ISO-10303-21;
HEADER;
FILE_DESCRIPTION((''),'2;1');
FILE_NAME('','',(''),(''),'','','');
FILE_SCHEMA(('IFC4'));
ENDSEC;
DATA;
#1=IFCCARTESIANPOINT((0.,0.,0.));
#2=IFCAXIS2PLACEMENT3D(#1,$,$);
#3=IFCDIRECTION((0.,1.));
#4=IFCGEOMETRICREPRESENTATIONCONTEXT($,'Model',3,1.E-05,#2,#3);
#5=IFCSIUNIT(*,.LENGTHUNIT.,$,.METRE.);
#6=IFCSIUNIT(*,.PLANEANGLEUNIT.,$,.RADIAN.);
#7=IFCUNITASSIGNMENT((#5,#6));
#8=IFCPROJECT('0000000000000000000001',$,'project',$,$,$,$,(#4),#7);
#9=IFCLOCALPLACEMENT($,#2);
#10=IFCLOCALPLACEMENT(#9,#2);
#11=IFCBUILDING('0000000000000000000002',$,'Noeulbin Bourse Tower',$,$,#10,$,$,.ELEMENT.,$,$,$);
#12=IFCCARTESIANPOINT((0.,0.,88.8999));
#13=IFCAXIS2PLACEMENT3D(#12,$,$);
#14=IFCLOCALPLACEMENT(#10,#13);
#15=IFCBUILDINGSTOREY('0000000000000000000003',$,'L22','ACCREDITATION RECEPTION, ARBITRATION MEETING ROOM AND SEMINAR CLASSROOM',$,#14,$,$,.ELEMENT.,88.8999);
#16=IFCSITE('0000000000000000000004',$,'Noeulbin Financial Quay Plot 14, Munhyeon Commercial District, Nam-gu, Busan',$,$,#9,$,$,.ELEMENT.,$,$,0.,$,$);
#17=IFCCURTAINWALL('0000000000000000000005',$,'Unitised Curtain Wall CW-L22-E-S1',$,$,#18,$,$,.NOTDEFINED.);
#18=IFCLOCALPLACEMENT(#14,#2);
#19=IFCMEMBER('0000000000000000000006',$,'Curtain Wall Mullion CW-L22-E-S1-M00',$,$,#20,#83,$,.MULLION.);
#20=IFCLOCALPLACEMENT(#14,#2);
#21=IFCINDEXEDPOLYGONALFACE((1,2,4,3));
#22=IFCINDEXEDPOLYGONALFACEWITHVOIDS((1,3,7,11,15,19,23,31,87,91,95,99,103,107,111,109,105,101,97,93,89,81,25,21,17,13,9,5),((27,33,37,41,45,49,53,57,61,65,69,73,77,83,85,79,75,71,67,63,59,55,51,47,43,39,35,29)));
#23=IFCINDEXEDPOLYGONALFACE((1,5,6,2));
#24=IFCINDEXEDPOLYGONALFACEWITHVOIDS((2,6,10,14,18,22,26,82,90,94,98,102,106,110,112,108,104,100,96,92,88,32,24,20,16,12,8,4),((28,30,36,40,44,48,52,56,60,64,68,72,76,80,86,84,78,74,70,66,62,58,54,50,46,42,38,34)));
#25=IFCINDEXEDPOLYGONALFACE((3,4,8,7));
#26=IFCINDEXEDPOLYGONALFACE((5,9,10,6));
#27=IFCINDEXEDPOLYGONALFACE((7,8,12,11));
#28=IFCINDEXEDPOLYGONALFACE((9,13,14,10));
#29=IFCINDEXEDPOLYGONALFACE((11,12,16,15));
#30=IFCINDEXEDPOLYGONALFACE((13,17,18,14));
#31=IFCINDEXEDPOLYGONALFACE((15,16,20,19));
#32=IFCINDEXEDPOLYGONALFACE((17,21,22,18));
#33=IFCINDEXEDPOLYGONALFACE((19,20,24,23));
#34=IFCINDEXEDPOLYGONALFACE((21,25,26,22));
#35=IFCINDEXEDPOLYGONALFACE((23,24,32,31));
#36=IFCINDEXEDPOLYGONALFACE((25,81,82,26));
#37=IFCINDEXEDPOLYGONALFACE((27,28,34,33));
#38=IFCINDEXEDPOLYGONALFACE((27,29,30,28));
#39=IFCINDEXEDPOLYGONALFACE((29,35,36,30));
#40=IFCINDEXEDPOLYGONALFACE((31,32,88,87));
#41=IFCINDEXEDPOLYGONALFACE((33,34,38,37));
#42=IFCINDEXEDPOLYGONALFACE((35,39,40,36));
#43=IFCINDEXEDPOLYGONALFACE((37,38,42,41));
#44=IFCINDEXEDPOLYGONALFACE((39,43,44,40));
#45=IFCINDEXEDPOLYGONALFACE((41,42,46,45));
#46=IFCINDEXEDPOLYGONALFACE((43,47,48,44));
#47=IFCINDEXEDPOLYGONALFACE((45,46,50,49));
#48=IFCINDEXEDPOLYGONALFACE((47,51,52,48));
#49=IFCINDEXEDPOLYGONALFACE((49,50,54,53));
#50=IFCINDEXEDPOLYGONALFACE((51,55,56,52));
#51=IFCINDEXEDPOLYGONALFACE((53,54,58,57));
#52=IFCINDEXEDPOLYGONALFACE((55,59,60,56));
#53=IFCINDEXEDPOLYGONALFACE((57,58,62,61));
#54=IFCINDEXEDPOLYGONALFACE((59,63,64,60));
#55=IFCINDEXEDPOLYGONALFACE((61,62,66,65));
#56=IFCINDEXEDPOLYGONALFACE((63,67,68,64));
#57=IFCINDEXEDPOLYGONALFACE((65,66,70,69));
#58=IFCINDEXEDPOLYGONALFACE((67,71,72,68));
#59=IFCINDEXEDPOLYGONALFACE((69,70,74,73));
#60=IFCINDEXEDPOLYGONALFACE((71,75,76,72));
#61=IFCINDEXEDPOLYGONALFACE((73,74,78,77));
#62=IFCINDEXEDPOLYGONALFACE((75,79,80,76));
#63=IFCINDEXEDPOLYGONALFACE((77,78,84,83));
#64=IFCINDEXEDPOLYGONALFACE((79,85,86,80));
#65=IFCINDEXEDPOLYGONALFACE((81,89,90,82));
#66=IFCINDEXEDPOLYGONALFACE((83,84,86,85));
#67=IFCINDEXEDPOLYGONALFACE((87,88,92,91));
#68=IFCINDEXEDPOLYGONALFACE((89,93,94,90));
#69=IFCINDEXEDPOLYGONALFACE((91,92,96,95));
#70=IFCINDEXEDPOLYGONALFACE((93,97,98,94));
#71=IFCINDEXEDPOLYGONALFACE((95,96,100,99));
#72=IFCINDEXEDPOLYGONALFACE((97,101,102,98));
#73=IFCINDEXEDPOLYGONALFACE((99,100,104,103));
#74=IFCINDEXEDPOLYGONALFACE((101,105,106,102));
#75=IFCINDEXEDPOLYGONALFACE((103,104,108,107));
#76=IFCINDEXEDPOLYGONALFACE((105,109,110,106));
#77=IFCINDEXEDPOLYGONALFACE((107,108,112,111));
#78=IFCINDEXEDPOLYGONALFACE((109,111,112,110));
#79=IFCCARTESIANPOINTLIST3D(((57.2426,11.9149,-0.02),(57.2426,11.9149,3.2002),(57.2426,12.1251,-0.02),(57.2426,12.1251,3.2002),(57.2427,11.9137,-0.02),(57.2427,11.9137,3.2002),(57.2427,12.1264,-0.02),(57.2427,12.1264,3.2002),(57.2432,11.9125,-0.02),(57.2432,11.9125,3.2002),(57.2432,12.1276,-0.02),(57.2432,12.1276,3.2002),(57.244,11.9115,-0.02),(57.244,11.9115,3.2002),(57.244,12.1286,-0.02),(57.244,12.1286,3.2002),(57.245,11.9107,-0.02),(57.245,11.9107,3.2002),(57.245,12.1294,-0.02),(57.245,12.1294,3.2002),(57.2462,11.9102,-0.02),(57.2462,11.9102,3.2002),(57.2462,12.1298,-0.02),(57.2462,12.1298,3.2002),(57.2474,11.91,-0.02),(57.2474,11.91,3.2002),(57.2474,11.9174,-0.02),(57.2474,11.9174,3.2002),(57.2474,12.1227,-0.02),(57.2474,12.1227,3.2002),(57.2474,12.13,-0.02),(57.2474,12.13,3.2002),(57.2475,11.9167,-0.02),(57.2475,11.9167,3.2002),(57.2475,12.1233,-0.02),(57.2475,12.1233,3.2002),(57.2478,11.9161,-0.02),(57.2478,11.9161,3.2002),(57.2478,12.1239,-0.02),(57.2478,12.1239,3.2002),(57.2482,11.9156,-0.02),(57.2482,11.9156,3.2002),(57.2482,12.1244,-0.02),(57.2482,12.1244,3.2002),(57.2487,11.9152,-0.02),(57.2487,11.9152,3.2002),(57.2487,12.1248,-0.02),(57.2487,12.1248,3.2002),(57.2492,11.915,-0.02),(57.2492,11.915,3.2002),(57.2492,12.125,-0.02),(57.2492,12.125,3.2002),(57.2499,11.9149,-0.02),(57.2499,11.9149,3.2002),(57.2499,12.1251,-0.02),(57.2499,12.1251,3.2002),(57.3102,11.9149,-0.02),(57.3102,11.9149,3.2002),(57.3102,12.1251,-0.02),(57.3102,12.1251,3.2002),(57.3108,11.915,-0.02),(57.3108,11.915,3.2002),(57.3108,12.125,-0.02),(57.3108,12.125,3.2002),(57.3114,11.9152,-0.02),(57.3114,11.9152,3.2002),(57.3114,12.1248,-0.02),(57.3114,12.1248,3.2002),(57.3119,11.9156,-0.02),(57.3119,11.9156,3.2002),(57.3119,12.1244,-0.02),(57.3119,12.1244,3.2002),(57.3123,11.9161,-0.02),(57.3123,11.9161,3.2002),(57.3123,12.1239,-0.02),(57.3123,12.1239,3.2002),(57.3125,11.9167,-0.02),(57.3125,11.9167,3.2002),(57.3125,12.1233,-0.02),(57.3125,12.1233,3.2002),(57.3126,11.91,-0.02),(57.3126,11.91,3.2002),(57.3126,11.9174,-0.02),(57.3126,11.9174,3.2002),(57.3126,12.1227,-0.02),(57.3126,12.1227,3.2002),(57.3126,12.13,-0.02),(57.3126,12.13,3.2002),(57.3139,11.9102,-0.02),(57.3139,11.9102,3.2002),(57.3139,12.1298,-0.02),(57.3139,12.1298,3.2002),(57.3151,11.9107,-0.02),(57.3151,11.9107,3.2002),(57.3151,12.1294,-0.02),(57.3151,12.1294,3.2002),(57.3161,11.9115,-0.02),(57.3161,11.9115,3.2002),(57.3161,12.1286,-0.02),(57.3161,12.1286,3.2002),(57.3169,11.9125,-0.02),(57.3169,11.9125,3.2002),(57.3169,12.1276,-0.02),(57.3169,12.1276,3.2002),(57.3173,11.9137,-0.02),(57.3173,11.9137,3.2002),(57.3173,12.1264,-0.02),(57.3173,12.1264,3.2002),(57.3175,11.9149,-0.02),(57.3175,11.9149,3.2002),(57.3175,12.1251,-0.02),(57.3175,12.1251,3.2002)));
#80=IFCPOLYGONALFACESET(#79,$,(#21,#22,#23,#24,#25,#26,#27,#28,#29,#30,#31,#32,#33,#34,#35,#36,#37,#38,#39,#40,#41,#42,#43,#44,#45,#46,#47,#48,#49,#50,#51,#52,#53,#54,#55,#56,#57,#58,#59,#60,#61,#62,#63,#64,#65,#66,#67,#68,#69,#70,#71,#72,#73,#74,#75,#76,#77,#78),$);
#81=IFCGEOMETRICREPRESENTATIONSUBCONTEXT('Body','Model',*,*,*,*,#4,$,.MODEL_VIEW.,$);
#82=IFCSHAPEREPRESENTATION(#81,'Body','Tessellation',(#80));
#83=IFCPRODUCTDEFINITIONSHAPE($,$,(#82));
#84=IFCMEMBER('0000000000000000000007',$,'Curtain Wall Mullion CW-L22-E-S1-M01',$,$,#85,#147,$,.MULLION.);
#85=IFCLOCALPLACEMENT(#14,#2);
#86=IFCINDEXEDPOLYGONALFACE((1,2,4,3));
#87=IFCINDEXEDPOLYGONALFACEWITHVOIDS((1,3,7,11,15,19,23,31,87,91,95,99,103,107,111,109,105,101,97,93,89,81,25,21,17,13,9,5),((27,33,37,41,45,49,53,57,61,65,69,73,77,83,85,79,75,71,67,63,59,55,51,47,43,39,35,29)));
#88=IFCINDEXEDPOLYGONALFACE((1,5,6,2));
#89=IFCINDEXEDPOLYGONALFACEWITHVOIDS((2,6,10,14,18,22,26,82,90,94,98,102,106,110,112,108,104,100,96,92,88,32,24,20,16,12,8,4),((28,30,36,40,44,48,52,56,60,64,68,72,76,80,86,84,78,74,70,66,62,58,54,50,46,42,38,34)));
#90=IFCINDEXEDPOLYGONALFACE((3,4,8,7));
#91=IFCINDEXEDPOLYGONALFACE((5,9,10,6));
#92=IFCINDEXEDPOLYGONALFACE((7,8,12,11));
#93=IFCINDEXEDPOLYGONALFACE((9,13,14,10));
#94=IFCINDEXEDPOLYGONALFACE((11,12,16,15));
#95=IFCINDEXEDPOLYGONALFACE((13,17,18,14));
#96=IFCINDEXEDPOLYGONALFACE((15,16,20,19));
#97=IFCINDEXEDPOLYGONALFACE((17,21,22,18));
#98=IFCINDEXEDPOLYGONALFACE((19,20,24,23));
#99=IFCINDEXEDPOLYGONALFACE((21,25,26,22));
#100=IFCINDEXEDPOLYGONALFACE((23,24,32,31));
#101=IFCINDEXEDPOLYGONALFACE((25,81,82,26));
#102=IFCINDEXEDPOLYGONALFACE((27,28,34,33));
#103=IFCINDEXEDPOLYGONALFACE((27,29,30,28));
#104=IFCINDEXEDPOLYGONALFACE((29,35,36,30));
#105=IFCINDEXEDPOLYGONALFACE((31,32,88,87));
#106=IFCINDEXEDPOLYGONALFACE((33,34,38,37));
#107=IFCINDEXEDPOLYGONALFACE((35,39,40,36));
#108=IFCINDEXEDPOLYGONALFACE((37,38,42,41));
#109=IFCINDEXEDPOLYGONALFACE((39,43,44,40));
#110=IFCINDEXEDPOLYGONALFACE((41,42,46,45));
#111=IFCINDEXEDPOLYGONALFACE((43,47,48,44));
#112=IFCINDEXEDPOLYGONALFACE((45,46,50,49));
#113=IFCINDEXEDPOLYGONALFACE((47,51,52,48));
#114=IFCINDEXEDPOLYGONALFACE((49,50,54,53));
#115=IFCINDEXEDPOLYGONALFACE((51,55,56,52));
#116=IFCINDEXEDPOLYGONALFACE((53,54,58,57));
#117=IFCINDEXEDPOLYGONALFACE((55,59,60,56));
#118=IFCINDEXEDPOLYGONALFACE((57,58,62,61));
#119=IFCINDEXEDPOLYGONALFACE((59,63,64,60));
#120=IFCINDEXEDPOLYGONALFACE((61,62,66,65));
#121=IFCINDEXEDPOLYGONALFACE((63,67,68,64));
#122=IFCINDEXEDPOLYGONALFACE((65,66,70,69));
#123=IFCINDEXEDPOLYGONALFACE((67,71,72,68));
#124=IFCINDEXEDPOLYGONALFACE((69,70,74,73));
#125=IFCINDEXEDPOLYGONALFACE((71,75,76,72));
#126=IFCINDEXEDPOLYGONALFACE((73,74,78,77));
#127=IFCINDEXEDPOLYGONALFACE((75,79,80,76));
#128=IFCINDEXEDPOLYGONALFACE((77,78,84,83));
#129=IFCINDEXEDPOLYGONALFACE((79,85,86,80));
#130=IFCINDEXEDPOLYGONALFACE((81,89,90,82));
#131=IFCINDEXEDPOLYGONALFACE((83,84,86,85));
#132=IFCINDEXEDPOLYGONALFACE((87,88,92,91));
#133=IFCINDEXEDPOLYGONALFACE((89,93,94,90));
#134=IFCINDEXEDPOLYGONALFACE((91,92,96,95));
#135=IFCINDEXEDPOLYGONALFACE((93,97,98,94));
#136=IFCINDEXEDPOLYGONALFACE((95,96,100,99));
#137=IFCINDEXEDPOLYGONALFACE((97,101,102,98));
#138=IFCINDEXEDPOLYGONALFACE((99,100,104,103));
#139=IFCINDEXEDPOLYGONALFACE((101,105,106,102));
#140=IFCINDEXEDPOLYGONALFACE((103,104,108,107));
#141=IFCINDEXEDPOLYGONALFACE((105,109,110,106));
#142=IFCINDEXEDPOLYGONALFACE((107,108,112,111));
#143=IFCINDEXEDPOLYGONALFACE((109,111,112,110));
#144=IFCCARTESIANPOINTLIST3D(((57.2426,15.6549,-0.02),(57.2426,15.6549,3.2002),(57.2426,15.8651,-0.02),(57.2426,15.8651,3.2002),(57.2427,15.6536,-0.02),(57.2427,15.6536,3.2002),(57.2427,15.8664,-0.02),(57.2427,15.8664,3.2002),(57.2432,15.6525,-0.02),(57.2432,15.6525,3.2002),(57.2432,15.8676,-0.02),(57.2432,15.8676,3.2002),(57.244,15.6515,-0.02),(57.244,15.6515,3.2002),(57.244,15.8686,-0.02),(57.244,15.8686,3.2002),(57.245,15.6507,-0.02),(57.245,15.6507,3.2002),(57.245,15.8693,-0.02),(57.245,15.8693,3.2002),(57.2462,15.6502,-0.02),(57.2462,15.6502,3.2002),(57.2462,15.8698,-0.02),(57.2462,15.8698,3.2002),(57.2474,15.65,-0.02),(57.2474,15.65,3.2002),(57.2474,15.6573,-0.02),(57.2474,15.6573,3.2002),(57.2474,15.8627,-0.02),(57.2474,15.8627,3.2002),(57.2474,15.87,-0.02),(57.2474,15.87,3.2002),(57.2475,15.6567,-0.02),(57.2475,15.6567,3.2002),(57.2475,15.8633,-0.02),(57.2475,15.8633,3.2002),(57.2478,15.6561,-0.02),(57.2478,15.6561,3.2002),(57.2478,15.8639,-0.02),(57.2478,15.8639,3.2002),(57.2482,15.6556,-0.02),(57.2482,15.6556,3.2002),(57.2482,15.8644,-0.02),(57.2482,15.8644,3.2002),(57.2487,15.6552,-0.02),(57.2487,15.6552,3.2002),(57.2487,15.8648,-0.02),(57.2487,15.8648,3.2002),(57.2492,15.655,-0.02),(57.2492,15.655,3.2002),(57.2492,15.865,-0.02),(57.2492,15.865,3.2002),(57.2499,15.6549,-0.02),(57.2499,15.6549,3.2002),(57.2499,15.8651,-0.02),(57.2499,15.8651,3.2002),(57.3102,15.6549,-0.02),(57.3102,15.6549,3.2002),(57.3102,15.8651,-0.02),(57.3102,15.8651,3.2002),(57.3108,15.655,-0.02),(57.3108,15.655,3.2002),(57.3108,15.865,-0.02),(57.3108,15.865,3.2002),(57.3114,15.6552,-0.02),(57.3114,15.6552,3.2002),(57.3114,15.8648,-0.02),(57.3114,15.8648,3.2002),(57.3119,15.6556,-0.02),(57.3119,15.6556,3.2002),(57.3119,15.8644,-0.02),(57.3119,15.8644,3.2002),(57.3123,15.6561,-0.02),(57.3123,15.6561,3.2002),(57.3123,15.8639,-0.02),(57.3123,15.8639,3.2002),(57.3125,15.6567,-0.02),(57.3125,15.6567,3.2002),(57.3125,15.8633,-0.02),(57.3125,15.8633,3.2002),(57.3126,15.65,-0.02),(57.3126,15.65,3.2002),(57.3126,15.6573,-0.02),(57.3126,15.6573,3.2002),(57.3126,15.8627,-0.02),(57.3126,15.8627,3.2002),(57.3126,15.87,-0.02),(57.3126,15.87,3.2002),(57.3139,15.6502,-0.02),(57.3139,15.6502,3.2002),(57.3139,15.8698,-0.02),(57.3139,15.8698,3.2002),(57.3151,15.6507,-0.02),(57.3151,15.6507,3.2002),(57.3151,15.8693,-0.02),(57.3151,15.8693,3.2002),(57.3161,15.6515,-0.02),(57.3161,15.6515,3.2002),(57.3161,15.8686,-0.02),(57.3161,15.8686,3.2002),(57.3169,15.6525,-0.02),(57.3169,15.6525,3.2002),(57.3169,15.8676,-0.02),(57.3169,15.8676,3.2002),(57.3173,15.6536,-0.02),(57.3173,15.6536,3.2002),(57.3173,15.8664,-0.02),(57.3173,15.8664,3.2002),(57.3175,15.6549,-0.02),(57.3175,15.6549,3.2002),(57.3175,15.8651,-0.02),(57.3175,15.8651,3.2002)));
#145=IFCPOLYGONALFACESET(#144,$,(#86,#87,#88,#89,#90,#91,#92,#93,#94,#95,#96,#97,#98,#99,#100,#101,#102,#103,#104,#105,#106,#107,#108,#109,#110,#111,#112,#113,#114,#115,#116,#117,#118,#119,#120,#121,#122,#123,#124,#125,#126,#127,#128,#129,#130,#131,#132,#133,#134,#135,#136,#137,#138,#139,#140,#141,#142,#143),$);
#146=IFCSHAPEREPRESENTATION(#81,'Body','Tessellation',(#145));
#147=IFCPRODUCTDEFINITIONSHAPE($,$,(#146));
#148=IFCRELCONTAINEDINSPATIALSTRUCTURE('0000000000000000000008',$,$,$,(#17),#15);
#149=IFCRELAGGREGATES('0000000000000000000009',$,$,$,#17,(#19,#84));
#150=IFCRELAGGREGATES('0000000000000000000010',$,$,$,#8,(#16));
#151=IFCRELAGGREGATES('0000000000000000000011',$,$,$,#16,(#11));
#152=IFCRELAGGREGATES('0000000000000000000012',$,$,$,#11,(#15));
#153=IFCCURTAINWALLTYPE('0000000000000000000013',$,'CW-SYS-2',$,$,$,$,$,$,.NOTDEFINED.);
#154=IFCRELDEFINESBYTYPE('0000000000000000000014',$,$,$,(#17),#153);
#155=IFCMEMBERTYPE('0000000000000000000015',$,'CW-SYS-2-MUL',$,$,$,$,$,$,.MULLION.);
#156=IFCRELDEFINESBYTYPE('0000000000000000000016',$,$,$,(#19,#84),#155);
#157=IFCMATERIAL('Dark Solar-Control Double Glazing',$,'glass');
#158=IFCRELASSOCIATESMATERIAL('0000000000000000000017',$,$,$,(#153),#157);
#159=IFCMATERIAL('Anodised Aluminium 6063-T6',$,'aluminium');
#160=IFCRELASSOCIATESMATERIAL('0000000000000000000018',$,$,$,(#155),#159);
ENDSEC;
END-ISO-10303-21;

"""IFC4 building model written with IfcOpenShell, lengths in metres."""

from ifc_helpers import new_model, si_unit, direction, frame, origin, origin_2d, place, context, subcontext, project, spatial, hollow_rectangle, extrude, material, material_profile, profile_set, type_object, element, aggregate, save


model = new_model("IFC4")

# Units and contexts
model_context = context("Model", 3, precision=1e-05, world=origin(), true_north=direction((0.0, 1.0)))
body_context = subcontext(model_context, "Body", "Model", "MODEL_VIEW")
ifc_project = project(units=[si_unit("LENGTHUNIT", "METRE"), si_unit("PLANEANGLEUNIT", "RADIAN")], contexts=[model_context])

# Site, building, storey
site_placement = place(None, origin())
site = spatial("IfcSite", under=ifc_project, at=site_placement, Name="Noeulbin Financial Quay Plot 14, Munhyeon Commercial District, Nam-gu, Busan", CompositionType="ELEMENT", RefElevation=0.0)
building_placement = place(site_placement, origin())
building = spatial("IfcBuilding", under=site, at=building_placement, Name="Noeulbin Bourse Tower", CompositionType="ELEMENT")
storey_placement = place(building_placement, frame((0.0, 0.0, 88.8999)))
storey = spatial("IfcBuildingStorey", under=building, at=storey_placement, Name="L22", Description="ACCREDITATION RECEPTION, ARBITRATION MEETING ROOM AND SEMINAR CLASSROOM", CompositionType="ELEMENT", Elevation=88.8999)

# Shared definitions
ifc_material_1 = material(Name="Dark Solar-Control Double Glazing", Category="glass")
curtain_wall_type = type_object("IfcCurtainWallType", Name="CW-SYS-2", PredefinedType="NOTDEFINED", material=ifc_material_1)
ifc_material_2 = material(Name="Anodised Aluminium 6063-T6", Category="aluminium")
ifc_material_profile_1 = material_profile(ifc_material_2, hollow_rectangle(XDim=0.075, YDim=0.22, WallThickness=0.0049, InnerFilletRadius=0.0024, OuterFilletRadius=0.0049, at=origin_2d()), Name="ALU-MULL-75x220x5", Category="LoadBearing")
ifc_profile_set_1 = profile_set([ifc_material_profile_1], Name="Anodised Aluminium 6063-T6")
member_type_1 = type_object("IfcMemberType", Name="CW-SYS-2-MUL", PredefinedType="MULLION", material=ifc_profile_set_1)

# Curtain wall, members
curtain_wall_1_placement = place(storey_placement, origin())
curtain_wall_1 = element("IfcCurtainWall", 1, at=curtain_wall_1_placement, inside=storey, type_object=curtain_wall_type, Name="Unitised Curtain Wall CW-L22-E-S1", PredefinedType="NOTDEFINED")
member_1_placement = place(storey_placement, frame((57.28, 12.02, -0.02), z_axis=(0.0, 0.0, 1.0), x_axis=(1.0, 0.0, 0.0)))
member_1 = element("IfcMember", 2, at=member_1_placement, type_object=member_type_1, Name="Curtain Wall Mullion CW-L22-E-S1-M00", PredefinedType="MULLION", context=body_context, shape_type="SweptSolid", body=[
    extrude(hollow_rectangle(XDim=0.075, YDim=0.22, WallThickness=0.0049, InnerFilletRadius=0.0024, OuterFilletRadius=0.0049, at=origin_2d()), origin(), (0.0, 0.0, 1.0), 3.2202),
])
member_2_placement = place(storey_placement, frame((57.28, 15.76, -0.02), z_axis=(0.0, 0.0, 1.0), x_axis=(1.0, 0.0, 0.0)))
member_2 = element("IfcMember", 3, at=member_2_placement, type_object=member_type_1, Name="Curtain Wall Mullion CW-L22-E-S1-M01", PredefinedType="MULLION", context=body_context, shape_type="SweptSolid", body=[
    extrude(hollow_rectangle(XDim=0.075, YDim=0.22, WallThickness=0.0049, InnerFilletRadius=0.0024, OuterFilletRadius=0.0049, at=origin_2d()), origin(), (0.0, 0.0, 1.0), 3.2202),
])

aggregate(curtain_wall_1, [member_1, member_2])

save(model, "model.ifc")
